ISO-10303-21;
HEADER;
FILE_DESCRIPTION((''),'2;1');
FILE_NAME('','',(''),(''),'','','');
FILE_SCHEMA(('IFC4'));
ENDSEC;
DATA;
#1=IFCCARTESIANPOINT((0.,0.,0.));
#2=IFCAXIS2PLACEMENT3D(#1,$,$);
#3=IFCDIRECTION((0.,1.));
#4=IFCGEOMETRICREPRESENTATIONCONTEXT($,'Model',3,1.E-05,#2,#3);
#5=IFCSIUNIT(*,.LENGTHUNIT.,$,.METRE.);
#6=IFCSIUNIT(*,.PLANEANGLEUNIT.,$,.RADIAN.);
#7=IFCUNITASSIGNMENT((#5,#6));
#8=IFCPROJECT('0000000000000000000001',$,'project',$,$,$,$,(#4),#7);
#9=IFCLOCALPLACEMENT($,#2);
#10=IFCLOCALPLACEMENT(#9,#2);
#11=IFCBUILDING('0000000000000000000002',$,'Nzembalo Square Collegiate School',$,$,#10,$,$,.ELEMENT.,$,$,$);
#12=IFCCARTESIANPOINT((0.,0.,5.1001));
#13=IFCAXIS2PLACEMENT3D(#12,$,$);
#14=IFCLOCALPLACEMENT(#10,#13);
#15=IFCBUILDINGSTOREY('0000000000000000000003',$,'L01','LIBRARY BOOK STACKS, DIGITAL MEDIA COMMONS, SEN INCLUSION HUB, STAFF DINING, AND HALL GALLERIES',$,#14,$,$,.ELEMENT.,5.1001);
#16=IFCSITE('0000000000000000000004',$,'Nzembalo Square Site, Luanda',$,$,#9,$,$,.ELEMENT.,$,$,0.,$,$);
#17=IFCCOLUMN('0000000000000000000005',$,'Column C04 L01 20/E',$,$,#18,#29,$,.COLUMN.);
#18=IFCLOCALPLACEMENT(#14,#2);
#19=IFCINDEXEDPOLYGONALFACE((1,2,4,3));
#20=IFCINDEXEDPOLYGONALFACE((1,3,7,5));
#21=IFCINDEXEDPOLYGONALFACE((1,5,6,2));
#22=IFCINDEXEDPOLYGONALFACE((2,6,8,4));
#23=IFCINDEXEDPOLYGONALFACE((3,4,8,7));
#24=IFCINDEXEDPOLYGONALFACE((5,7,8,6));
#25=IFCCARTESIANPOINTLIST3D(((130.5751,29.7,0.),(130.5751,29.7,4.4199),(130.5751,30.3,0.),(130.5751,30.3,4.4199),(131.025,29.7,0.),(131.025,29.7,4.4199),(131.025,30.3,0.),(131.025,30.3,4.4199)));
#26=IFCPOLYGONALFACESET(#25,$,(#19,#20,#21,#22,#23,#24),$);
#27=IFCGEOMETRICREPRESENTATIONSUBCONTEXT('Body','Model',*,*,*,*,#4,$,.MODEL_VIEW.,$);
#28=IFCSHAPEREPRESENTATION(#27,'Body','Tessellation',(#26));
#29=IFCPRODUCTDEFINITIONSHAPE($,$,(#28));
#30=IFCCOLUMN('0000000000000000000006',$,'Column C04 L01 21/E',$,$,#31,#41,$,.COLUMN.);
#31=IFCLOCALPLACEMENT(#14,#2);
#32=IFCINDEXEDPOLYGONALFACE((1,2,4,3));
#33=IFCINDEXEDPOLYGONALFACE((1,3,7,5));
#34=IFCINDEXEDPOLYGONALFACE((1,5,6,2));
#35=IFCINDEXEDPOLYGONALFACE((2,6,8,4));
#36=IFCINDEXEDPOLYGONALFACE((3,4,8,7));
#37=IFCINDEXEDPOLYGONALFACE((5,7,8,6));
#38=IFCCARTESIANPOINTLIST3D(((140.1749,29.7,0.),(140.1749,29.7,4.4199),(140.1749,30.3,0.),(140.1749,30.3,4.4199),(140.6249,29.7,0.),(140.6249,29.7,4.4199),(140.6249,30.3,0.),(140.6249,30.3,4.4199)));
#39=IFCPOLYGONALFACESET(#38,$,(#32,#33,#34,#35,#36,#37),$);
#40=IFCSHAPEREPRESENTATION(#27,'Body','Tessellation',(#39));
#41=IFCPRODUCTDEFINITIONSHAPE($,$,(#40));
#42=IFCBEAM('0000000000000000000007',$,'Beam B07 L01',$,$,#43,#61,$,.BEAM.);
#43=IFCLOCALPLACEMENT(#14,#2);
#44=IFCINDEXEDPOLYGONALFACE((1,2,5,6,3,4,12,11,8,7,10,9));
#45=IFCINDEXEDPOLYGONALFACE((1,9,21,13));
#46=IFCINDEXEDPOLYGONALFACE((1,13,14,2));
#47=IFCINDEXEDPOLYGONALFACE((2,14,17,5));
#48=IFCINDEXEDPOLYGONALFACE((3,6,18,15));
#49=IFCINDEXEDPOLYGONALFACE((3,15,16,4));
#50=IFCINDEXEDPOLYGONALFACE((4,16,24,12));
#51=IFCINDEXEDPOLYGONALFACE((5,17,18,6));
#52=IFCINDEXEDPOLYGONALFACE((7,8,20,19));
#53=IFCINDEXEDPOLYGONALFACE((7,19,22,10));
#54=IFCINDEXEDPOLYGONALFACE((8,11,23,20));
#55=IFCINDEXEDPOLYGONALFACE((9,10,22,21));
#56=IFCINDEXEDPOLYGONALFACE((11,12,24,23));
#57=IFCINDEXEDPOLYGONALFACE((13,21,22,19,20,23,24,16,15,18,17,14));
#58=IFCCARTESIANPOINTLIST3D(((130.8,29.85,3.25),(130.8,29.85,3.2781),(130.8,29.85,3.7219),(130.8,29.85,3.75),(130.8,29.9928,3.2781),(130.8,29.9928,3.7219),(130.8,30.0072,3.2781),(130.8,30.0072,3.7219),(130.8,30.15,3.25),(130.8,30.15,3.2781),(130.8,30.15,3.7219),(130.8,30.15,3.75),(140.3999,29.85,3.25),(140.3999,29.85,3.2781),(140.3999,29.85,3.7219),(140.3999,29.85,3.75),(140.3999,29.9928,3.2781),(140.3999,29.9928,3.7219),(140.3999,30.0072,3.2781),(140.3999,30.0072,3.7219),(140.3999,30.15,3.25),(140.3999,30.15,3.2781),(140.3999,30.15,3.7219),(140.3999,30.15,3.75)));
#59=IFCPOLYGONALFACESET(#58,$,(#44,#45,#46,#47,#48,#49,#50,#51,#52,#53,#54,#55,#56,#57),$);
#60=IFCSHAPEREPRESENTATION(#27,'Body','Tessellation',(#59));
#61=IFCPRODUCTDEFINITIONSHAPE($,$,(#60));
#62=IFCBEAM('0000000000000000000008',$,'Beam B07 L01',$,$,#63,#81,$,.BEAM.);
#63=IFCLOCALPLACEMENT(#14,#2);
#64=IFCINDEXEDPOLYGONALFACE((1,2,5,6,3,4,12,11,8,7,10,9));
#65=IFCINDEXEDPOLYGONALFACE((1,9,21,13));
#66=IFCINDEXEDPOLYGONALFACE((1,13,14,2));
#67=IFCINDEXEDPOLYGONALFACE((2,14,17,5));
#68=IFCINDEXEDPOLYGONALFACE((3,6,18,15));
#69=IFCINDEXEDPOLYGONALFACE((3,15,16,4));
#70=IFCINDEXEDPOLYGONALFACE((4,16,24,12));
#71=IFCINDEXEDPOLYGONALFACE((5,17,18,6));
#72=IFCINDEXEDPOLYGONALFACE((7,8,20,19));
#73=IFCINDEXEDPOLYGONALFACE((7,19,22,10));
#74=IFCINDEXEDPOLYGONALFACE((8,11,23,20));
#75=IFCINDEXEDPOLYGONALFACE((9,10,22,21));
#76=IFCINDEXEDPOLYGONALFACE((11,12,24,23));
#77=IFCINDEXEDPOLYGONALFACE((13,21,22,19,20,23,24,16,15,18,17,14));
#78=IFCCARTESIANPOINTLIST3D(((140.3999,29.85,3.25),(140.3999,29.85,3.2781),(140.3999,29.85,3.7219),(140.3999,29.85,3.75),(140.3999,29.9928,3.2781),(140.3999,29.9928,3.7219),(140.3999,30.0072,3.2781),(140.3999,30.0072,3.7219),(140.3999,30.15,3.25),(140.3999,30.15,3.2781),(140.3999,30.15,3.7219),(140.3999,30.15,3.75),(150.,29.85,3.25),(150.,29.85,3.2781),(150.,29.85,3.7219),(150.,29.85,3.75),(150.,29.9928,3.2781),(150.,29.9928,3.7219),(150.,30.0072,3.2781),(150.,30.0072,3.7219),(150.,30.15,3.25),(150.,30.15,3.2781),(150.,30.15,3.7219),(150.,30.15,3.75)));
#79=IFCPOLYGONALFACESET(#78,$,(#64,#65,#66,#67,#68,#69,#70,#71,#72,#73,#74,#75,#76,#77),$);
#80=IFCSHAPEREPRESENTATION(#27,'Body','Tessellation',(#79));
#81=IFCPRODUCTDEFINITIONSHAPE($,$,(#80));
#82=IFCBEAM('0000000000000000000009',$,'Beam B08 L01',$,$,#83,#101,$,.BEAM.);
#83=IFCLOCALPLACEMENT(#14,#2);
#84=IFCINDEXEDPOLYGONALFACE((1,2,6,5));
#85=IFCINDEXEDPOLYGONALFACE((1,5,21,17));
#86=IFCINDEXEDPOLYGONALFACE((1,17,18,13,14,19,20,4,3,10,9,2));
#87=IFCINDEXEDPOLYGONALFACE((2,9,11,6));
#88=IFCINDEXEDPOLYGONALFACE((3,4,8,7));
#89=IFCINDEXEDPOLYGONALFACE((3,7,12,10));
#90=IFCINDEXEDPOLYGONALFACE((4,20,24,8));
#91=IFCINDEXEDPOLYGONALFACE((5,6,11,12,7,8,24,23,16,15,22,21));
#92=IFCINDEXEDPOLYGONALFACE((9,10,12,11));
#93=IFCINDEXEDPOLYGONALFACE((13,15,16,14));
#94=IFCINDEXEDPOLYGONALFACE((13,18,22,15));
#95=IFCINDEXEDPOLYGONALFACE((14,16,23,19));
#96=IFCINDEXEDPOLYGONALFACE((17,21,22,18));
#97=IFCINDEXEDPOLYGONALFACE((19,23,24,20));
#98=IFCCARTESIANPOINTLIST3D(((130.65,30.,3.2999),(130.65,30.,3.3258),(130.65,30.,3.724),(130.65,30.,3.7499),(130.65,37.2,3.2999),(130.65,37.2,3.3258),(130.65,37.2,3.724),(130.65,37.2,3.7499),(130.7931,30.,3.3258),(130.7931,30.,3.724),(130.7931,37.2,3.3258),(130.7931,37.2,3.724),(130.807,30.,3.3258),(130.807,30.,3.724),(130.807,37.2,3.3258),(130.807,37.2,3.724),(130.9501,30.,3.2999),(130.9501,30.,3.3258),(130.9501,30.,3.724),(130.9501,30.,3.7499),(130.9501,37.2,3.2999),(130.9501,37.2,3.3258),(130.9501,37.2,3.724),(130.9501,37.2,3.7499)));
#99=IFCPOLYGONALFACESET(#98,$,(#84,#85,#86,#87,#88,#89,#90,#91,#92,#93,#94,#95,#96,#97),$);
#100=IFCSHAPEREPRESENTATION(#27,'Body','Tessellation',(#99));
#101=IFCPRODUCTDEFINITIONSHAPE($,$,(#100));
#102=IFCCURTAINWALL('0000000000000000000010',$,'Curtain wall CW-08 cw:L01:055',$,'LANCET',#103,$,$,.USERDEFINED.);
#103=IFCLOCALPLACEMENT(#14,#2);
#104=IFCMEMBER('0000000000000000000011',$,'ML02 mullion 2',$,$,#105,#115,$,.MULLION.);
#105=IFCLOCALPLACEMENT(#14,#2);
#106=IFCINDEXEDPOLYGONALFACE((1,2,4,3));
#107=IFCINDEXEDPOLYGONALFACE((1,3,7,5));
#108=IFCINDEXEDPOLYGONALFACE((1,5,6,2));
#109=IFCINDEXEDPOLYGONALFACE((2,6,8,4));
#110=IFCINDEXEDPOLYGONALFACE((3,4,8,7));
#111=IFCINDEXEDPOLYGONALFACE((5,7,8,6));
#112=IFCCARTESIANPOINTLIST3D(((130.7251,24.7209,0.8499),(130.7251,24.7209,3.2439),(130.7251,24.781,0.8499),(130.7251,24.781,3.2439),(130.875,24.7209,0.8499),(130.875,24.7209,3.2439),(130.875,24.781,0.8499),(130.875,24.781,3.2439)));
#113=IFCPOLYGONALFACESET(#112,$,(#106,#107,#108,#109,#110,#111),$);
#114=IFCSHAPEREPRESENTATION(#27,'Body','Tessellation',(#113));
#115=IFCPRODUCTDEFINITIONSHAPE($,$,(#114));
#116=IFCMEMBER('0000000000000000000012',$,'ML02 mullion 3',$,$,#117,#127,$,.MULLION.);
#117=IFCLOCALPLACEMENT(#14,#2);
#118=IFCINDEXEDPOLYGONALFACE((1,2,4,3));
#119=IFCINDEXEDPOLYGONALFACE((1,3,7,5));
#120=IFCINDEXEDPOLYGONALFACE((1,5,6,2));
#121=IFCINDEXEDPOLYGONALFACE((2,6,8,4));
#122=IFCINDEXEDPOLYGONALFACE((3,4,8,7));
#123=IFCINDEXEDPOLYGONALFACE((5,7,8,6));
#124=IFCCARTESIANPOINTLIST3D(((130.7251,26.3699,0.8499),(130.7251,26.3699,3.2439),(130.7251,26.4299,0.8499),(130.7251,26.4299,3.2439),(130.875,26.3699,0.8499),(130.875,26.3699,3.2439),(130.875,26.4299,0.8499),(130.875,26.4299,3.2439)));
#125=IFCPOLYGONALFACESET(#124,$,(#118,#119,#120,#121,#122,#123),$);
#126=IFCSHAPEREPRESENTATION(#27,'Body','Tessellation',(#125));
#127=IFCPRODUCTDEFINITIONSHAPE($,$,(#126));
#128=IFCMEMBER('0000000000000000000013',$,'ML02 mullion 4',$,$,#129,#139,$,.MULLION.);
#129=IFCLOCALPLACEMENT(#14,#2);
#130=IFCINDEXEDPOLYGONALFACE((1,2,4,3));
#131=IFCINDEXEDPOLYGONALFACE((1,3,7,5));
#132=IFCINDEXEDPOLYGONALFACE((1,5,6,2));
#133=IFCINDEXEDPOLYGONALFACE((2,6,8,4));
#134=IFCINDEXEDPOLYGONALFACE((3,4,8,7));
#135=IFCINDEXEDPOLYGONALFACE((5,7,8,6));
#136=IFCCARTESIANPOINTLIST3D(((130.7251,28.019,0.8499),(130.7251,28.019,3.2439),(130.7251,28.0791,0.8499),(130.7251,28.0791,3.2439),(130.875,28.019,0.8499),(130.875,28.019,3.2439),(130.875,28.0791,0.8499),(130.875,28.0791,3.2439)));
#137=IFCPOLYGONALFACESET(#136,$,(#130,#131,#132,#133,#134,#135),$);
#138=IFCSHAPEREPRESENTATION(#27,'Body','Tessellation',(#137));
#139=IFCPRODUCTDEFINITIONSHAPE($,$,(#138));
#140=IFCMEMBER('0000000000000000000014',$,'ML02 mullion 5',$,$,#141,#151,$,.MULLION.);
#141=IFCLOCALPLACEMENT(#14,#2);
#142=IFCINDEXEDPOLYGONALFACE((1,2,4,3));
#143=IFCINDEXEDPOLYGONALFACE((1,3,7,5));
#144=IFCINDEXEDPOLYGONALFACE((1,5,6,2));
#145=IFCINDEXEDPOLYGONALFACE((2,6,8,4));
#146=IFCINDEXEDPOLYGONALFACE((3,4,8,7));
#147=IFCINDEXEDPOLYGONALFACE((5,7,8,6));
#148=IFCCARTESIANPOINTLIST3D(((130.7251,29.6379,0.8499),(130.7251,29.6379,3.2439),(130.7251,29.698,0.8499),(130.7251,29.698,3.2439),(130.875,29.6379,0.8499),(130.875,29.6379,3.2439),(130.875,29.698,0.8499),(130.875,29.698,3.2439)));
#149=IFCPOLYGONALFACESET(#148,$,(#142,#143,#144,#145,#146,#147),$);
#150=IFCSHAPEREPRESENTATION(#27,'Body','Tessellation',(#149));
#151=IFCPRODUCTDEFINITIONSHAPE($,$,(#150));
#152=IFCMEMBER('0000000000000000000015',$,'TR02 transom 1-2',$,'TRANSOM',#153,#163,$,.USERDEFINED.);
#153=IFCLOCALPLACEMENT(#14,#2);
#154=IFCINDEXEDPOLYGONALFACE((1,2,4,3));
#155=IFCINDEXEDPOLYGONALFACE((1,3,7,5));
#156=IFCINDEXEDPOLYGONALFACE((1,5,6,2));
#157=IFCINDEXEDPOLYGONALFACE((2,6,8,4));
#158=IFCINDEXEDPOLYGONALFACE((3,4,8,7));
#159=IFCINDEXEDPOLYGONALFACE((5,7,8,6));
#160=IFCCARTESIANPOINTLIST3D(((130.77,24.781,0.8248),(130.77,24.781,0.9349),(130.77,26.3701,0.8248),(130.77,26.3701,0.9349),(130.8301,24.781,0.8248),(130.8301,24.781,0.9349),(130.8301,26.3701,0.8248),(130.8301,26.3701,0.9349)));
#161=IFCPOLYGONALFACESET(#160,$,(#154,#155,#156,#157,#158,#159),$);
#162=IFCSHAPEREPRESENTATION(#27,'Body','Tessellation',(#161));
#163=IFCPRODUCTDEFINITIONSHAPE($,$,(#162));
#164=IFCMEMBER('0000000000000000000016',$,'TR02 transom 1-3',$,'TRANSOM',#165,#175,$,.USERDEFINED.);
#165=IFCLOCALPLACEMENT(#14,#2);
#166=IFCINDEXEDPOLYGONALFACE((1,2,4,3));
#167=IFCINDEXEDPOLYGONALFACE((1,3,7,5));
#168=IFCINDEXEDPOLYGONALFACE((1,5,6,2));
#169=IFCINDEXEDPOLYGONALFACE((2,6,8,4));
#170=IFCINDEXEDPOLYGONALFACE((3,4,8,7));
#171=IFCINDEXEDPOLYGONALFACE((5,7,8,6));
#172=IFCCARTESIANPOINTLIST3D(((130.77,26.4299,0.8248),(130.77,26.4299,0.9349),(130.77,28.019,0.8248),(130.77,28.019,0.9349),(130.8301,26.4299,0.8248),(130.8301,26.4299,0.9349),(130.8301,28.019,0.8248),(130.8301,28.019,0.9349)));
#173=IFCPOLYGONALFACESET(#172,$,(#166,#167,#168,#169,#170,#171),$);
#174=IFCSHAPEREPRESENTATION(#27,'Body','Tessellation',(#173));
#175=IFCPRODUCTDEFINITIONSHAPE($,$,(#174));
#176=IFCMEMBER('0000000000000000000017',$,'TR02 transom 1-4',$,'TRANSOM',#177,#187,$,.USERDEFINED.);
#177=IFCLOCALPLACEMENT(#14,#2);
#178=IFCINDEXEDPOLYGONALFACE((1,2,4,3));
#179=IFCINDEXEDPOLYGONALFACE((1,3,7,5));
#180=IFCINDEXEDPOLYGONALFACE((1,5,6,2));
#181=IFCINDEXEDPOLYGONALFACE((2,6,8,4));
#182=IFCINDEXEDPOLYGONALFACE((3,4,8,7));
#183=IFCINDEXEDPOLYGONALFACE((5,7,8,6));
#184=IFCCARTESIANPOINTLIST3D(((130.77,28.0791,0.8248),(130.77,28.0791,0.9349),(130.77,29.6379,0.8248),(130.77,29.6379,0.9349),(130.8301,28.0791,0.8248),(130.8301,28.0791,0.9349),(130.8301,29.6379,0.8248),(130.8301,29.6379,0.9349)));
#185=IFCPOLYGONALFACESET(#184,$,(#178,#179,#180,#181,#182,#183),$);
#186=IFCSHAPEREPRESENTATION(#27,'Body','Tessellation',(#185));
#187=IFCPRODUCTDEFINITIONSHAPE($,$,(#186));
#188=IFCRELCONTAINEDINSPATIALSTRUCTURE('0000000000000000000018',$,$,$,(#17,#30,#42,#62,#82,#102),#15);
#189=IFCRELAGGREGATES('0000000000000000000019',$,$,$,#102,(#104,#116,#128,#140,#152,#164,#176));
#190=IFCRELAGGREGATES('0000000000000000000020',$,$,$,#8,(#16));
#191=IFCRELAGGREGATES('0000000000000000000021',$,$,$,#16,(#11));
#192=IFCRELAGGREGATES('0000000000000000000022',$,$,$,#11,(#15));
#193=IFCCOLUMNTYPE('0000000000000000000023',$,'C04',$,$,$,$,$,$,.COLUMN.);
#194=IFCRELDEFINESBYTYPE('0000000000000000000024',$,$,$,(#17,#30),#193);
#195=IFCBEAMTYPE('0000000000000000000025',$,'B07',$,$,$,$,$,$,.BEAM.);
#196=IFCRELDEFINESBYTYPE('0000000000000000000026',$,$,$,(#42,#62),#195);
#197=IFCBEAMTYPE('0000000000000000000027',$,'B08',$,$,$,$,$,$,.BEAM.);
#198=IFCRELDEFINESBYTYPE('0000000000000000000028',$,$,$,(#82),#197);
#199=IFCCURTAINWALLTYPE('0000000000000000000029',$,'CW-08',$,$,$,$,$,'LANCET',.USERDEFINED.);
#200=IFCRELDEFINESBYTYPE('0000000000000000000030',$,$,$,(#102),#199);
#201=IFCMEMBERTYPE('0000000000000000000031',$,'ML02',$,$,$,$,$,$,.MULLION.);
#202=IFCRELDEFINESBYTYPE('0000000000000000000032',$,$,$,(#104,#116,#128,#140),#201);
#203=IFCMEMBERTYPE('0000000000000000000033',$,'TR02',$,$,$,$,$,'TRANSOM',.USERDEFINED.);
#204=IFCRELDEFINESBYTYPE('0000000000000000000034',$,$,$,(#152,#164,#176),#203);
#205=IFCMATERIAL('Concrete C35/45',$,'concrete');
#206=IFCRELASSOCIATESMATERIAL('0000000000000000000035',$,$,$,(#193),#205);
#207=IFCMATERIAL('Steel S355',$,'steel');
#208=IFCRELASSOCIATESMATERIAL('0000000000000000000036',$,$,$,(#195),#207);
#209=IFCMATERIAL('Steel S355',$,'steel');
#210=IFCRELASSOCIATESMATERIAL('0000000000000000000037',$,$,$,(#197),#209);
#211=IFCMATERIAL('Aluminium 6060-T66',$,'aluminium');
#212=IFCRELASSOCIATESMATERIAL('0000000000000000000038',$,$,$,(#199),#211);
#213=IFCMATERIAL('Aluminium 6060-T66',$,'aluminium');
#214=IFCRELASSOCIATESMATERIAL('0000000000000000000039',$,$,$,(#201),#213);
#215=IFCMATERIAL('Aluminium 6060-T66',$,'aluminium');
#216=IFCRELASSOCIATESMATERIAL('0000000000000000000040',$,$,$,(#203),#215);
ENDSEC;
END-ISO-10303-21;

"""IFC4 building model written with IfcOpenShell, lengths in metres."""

from ifc_helpers import new_model, si_unit, direction, frame, origin, origin_2d, place, context, subcontext, project, spatial, rectangle, i_section, extrude, material, material_profile, profile_set, type_object, element, aggregate, save


model = new_model("IFC4")

# Units and contexts
model_context = context("Model", 3, precision=1e-05, world=origin(), true_north=direction((0.0, 1.0)))
body_context = subcontext(model_context, "Body", "Model", "MODEL_VIEW")
ifc_project = project(units=[si_unit("LENGTHUNIT", "METRE"), si_unit("PLANEANGLEUNIT", "RADIAN")], contexts=[model_context])

# Site, building, storey
site_placement = place(None, origin())
site = spatial("IfcSite", under=ifc_project, at=site_placement, Name="Nzembalo Square Site, Luanda", CompositionType="ELEMENT", RefElevation=0.0)
building_placement = place(site_placement, origin())
building = spatial("IfcBuilding", under=site, at=building_placement, Name="Nzembalo Square Collegiate School", CompositionType="ELEMENT")
storey_placement = place(building_placement, frame((0.0, 0.0, 5.1001)))
storey = spatial("IfcBuildingStorey", under=building, at=storey_placement, Name="L01", Description="LIBRARY BOOK STACKS, DIGITAL MEDIA COMMONS, SEN INCLUSION HUB, STAFF DINING, AND HALL GALLERIES", CompositionType="ELEMENT", Elevation=5.1001)

# Columns
ifc_material_1 = material(Name="Concrete C35/45", Category="concrete")
ifc_material_profile_1 = material_profile(ifc_material_1, rectangle(XDim=0.45, YDim=0.6001, at=origin_2d()), Name="RC 450x600")
ifc_profile_set_1 = profile_set([ifc_material_profile_1], Name="Concrete C35/45")
column_type = type_object("IfcColumnType", Name="C04", PredefinedType="COLUMN", material=ifc_profile_set_1)
for number, where, z_axis, x_axis, name in (
    (1, (130.8, 30.0, 0.0), (0.0, 0.0, 1.0), (1.0, 0.0, 0.0), "Column C04 L01 20/E"),
    (2, (140.3999, 30.0, 0.0), (0.0, 0.0, 1.0), (1.0, 0.0, 0.0), "Column C04 L01 21/E"),
):
    element("IfcColumn", number, at=place(storey_placement, frame(where, z_axis=z_axis, x_axis=x_axis)), inside=storey, type_object=column_type, Name=name, PredefinedType="COLUMN", context=body_context, shape_type="SweptSolid", body=[
        extrude(rectangle(XDim=0.45, YDim=0.6001, at=origin_2d()), origin(), (0.0, 0.0, 1.0), 4.4199),
    ])

# Beams
ifc_material_2 = material(Name="Steel S355", Category="steel")
ifc_material_profile_2 = material_profile(ifc_material_2, i_section(OverallWidth=0.3, OverallDepth=0.5, WebThickness=0.0144, FlangeThickness=0.0281, at=origin_2d()), Name="HEB 500")
ifc_profile_set_2 = profile_set([ifc_material_profile_2], Name="Steel S355")
beam_type_1 = type_object("IfcBeamType", Name="B07", PredefinedType="BEAM", material=ifc_profile_set_2)
beam_1_placement = place(storey_placement, frame((130.8, 30.0, 3.5), z_axis=(1.0, 0.0, 0.0), x_axis=(0.0, 1.0, 0.0)))
element("IfcBeam", 3, at=beam_1_placement, inside=storey, type_object=beam_type_1, Name="Beam B07 L01", PredefinedType="BEAM", context=body_context, shape_type="SweptSolid", body=[
    extrude(i_section(OverallWidth=0.3, OverallDepth=0.5, WebThickness=0.0144, FlangeThickness=0.0281, at=origin_2d()), origin(), (0.0, 0.0, 1.0), 9.5999),
])
beam_2_placement = place(storey_placement, frame((140.3999, 30.0, 3.5), z_axis=(1.0, 0.0, 0.0), x_axis=(0.0, 1.0, 0.0)))
element("IfcBeam", 4, at=beam_2_placement, inside=storey, type_object=beam_type_1, Name="Beam B07 L01", PredefinedType="BEAM", context=body_context, shape_type="SweptSolid", body=[
    extrude(i_section(OverallWidth=0.3, OverallDepth=0.5, WebThickness=0.0144, FlangeThickness=0.0281, at=origin_2d()), origin(), (0.0, 0.0, 1.0), 9.6001),
])
ifc_material_3 = material(Name="Steel S355", Category="steel")
ifc_material_profile_3 = material_profile(ifc_material_3, i_section(OverallWidth=0.3, OverallDepth=0.45, WebThickness=0.0139, FlangeThickness=0.0259, at=origin_2d()), Name="HEB 450")
ifc_profile_set_3 = profile_set([ifc_material_profile_3], Name="Steel S355")
beam_type_2 = type_object("IfcBeamType", Name="B08", PredefinedType="BEAM", material=ifc_profile_set_3)
beam_3_placement = place(storey_placement, frame((130.8, 30.0, 3.5249), z_axis=(0.0, 1.0, 0.0), x_axis=(-1.0, 0.0, 0.0)))
element("IfcBeam", 5, at=beam_3_placement, inside=storey, type_object=beam_type_2, Name="Beam B08 L01", PredefinedType="BEAM", context=body_context, shape_type="SweptSolid", body=[
    extrude(i_section(OverallWidth=0.3, OverallDepth=0.45, WebThickness=0.0139, FlangeThickness=0.0259, at=origin_2d()), origin(), (0.0, 0.0, 1.0), 7.2),
])

# Curtain wall, members
ifc_material_4 = material(Name="Aluminium 6060-T66", Category="aluminium")
curtain_wall_type = type_object("IfcCurtainWallType", Name="CW-08", ElementType="LANCET", PredefinedType="USERDEFINED", material=ifc_material_4)
curtain_wall_placement = place(storey_placement, origin())
curtain_wall = element("IfcCurtainWall", 6, at=curtain_wall_placement, inside=storey, type_object=curtain_wall_type, Name="Curtain wall CW-08 cw:L01:055", ObjectType="LANCET", PredefinedType="USERDEFINED")
ifc_material_5 = material(Name="Aluminium 6060-T66", Category="aluminium")
ifc_material_profile_4 = material_profile(ifc_material_5, rectangle(XDim=0.0601, YDim=0.1499, at=origin_2d()), Name="ALU M60x150")
ifc_profile_set_4 = profile_set([ifc_material_profile_4], Name="Aluminium 6060-T66")
member_type_1 = type_object("IfcMemberType", Name="ML02", PredefinedType="MULLION", material=ifc_profile_set_4)
member_1_placement = place(storey_placement, frame((130.8, 24.751, 0.8499), z_axis=(0.0, 0.0, 1.0), x_axis=(0.0, 1.0, 0.0)))
member_1 = element("IfcMember", 7, at=member_1_placement, type_object=member_type_1, Name="ML02 mullion 2", PredefinedType="MULLION", context=body_context, shape_type="SweptSolid", body=[
    extrude(rectangle(XDim=0.0601, YDim=0.1499, at=origin_2d()), origin(), (0.0, 0.0, 1.0), 2.394),
])
member_2_placement = place(storey_placement, frame((130.8, 26.3999, 0.8499), z_axis=(0.0, 0.0, 1.0), x_axis=(0.0, 1.0, 0.0)))
member_2 = element("IfcMember", 8, at=member_2_placement, type_object=member_type_1, Name="ML02 mullion 3", PredefinedType="MULLION", context=body_context, shape_type="SweptSolid", body=[
    extrude(rectangle(XDim=0.0601, YDim=0.1499, at=origin_2d()), origin(), (0.0, 0.0, 1.0), 2.394),
])
member_3_placement = place(storey_placement, frame((130.8, 28.0491, 0.8499), z_axis=(0.0, 0.0, 1.0), x_axis=(0.0, 1.0, 0.0)))
member_3 = element("IfcMember", 9, at=member_3_placement, type_object=member_type_1, Name="ML02 mullion 4", PredefinedType="MULLION", context=body_context, shape_type="SweptSolid", body=[
    extrude(rectangle(XDim=0.0601, YDim=0.1499, at=origin_2d()), origin(), (0.0, 0.0, 1.0), 2.394),
])
member_4_placement = place(storey_placement, frame((130.8, 29.668, 0.8499), z_axis=(0.0, 0.0, 1.0), x_axis=(0.0, 1.0, 0.0)))
member_4 = element("IfcMember", 10, at=member_4_placement, type_object=member_type_1, Name="ML02 mullion 5", PredefinedType="MULLION", context=body_context, shape_type="SweptSolid", body=[
    extrude(rectangle(XDim=0.0601, YDim=0.1499, at=origin_2d()), origin(), (0.0, 0.0, 1.0), 2.394),
])
ifc_material_6 = material(Name="Aluminium 6060-T66", Category="aluminium")
ifc_material_profile_5 = material_profile(ifc_material_6, rectangle(XDim=0.0601, YDim=0.1101, at=origin_2d()), Name="ALU T60x110")
ifc_profile_set_5 = profile_set([ifc_material_profile_5], Name="Aluminium 6060-T66")
member_type_2 = type_object("IfcMemberType", Name="TR02", ElementType="TRANSOM", PredefinedType="USERDEFINED", material=ifc_profile_set_5)
member_5_placement = place(storey_placement, frame((130.8, 24.781, 0.8799), z_axis=(0.0, 1.0, 0.0), x_axis=(-1.0, 0.0, 0.0)))
member_5 = element("IfcMember", 11, at=member_5_placement, type_object=member_type_2, Name="TR02 transom 1-2", ObjectType="TRANSOM", PredefinedType="USERDEFINED", context=body_context, shape_type="SweptSolid", body=[
    extrude(rectangle(XDim=0.0601, YDim=0.1101, at=origin_2d()), origin(), (0.0, 0.0, 1.0), 1.5891),
])
member_6_placement = place(storey_placement, frame((130.8, 26.4299, 0.8799), z_axis=(0.0, 1.0, 0.0), x_axis=(-1.0, 0.0, 0.0)))
member_6 = element("IfcMember", 12, at=member_6_placement, type_object=member_type_2, Name="TR02 transom 1-3", ObjectType="TRANSOM", PredefinedType="USERDEFINED", context=body_context, shape_type="SweptSolid", body=[
    extrude(rectangle(XDim=0.0601, YDim=0.1101, at=origin_2d()), origin(), (0.0, 0.0, 1.0), 1.5891),
])
member_7_placement = place(storey_placement, frame((130.8, 28.0791, 0.8799), z_axis=(0.0, 1.0, 0.0), x_axis=(-1.0, 0.0, 0.0)))
member_7 = element("IfcMember", 13, at=member_7_placement, type_object=member_type_2, Name="TR02 transom 1-4", ObjectType="TRANSOM", PredefinedType="USERDEFINED", context=body_context, shape_type="SweptSolid", body=[
    extrude(rectangle(XDim=0.0601, YDim=0.1101, at=origin_2d()), origin(), (0.0, 0.0, 1.0), 1.5588),
])
aggregate(curtain_wall, [member_1, member_2, member_3, member_4, member_5, member_6, member_7])

save(model, "model.ifc")
